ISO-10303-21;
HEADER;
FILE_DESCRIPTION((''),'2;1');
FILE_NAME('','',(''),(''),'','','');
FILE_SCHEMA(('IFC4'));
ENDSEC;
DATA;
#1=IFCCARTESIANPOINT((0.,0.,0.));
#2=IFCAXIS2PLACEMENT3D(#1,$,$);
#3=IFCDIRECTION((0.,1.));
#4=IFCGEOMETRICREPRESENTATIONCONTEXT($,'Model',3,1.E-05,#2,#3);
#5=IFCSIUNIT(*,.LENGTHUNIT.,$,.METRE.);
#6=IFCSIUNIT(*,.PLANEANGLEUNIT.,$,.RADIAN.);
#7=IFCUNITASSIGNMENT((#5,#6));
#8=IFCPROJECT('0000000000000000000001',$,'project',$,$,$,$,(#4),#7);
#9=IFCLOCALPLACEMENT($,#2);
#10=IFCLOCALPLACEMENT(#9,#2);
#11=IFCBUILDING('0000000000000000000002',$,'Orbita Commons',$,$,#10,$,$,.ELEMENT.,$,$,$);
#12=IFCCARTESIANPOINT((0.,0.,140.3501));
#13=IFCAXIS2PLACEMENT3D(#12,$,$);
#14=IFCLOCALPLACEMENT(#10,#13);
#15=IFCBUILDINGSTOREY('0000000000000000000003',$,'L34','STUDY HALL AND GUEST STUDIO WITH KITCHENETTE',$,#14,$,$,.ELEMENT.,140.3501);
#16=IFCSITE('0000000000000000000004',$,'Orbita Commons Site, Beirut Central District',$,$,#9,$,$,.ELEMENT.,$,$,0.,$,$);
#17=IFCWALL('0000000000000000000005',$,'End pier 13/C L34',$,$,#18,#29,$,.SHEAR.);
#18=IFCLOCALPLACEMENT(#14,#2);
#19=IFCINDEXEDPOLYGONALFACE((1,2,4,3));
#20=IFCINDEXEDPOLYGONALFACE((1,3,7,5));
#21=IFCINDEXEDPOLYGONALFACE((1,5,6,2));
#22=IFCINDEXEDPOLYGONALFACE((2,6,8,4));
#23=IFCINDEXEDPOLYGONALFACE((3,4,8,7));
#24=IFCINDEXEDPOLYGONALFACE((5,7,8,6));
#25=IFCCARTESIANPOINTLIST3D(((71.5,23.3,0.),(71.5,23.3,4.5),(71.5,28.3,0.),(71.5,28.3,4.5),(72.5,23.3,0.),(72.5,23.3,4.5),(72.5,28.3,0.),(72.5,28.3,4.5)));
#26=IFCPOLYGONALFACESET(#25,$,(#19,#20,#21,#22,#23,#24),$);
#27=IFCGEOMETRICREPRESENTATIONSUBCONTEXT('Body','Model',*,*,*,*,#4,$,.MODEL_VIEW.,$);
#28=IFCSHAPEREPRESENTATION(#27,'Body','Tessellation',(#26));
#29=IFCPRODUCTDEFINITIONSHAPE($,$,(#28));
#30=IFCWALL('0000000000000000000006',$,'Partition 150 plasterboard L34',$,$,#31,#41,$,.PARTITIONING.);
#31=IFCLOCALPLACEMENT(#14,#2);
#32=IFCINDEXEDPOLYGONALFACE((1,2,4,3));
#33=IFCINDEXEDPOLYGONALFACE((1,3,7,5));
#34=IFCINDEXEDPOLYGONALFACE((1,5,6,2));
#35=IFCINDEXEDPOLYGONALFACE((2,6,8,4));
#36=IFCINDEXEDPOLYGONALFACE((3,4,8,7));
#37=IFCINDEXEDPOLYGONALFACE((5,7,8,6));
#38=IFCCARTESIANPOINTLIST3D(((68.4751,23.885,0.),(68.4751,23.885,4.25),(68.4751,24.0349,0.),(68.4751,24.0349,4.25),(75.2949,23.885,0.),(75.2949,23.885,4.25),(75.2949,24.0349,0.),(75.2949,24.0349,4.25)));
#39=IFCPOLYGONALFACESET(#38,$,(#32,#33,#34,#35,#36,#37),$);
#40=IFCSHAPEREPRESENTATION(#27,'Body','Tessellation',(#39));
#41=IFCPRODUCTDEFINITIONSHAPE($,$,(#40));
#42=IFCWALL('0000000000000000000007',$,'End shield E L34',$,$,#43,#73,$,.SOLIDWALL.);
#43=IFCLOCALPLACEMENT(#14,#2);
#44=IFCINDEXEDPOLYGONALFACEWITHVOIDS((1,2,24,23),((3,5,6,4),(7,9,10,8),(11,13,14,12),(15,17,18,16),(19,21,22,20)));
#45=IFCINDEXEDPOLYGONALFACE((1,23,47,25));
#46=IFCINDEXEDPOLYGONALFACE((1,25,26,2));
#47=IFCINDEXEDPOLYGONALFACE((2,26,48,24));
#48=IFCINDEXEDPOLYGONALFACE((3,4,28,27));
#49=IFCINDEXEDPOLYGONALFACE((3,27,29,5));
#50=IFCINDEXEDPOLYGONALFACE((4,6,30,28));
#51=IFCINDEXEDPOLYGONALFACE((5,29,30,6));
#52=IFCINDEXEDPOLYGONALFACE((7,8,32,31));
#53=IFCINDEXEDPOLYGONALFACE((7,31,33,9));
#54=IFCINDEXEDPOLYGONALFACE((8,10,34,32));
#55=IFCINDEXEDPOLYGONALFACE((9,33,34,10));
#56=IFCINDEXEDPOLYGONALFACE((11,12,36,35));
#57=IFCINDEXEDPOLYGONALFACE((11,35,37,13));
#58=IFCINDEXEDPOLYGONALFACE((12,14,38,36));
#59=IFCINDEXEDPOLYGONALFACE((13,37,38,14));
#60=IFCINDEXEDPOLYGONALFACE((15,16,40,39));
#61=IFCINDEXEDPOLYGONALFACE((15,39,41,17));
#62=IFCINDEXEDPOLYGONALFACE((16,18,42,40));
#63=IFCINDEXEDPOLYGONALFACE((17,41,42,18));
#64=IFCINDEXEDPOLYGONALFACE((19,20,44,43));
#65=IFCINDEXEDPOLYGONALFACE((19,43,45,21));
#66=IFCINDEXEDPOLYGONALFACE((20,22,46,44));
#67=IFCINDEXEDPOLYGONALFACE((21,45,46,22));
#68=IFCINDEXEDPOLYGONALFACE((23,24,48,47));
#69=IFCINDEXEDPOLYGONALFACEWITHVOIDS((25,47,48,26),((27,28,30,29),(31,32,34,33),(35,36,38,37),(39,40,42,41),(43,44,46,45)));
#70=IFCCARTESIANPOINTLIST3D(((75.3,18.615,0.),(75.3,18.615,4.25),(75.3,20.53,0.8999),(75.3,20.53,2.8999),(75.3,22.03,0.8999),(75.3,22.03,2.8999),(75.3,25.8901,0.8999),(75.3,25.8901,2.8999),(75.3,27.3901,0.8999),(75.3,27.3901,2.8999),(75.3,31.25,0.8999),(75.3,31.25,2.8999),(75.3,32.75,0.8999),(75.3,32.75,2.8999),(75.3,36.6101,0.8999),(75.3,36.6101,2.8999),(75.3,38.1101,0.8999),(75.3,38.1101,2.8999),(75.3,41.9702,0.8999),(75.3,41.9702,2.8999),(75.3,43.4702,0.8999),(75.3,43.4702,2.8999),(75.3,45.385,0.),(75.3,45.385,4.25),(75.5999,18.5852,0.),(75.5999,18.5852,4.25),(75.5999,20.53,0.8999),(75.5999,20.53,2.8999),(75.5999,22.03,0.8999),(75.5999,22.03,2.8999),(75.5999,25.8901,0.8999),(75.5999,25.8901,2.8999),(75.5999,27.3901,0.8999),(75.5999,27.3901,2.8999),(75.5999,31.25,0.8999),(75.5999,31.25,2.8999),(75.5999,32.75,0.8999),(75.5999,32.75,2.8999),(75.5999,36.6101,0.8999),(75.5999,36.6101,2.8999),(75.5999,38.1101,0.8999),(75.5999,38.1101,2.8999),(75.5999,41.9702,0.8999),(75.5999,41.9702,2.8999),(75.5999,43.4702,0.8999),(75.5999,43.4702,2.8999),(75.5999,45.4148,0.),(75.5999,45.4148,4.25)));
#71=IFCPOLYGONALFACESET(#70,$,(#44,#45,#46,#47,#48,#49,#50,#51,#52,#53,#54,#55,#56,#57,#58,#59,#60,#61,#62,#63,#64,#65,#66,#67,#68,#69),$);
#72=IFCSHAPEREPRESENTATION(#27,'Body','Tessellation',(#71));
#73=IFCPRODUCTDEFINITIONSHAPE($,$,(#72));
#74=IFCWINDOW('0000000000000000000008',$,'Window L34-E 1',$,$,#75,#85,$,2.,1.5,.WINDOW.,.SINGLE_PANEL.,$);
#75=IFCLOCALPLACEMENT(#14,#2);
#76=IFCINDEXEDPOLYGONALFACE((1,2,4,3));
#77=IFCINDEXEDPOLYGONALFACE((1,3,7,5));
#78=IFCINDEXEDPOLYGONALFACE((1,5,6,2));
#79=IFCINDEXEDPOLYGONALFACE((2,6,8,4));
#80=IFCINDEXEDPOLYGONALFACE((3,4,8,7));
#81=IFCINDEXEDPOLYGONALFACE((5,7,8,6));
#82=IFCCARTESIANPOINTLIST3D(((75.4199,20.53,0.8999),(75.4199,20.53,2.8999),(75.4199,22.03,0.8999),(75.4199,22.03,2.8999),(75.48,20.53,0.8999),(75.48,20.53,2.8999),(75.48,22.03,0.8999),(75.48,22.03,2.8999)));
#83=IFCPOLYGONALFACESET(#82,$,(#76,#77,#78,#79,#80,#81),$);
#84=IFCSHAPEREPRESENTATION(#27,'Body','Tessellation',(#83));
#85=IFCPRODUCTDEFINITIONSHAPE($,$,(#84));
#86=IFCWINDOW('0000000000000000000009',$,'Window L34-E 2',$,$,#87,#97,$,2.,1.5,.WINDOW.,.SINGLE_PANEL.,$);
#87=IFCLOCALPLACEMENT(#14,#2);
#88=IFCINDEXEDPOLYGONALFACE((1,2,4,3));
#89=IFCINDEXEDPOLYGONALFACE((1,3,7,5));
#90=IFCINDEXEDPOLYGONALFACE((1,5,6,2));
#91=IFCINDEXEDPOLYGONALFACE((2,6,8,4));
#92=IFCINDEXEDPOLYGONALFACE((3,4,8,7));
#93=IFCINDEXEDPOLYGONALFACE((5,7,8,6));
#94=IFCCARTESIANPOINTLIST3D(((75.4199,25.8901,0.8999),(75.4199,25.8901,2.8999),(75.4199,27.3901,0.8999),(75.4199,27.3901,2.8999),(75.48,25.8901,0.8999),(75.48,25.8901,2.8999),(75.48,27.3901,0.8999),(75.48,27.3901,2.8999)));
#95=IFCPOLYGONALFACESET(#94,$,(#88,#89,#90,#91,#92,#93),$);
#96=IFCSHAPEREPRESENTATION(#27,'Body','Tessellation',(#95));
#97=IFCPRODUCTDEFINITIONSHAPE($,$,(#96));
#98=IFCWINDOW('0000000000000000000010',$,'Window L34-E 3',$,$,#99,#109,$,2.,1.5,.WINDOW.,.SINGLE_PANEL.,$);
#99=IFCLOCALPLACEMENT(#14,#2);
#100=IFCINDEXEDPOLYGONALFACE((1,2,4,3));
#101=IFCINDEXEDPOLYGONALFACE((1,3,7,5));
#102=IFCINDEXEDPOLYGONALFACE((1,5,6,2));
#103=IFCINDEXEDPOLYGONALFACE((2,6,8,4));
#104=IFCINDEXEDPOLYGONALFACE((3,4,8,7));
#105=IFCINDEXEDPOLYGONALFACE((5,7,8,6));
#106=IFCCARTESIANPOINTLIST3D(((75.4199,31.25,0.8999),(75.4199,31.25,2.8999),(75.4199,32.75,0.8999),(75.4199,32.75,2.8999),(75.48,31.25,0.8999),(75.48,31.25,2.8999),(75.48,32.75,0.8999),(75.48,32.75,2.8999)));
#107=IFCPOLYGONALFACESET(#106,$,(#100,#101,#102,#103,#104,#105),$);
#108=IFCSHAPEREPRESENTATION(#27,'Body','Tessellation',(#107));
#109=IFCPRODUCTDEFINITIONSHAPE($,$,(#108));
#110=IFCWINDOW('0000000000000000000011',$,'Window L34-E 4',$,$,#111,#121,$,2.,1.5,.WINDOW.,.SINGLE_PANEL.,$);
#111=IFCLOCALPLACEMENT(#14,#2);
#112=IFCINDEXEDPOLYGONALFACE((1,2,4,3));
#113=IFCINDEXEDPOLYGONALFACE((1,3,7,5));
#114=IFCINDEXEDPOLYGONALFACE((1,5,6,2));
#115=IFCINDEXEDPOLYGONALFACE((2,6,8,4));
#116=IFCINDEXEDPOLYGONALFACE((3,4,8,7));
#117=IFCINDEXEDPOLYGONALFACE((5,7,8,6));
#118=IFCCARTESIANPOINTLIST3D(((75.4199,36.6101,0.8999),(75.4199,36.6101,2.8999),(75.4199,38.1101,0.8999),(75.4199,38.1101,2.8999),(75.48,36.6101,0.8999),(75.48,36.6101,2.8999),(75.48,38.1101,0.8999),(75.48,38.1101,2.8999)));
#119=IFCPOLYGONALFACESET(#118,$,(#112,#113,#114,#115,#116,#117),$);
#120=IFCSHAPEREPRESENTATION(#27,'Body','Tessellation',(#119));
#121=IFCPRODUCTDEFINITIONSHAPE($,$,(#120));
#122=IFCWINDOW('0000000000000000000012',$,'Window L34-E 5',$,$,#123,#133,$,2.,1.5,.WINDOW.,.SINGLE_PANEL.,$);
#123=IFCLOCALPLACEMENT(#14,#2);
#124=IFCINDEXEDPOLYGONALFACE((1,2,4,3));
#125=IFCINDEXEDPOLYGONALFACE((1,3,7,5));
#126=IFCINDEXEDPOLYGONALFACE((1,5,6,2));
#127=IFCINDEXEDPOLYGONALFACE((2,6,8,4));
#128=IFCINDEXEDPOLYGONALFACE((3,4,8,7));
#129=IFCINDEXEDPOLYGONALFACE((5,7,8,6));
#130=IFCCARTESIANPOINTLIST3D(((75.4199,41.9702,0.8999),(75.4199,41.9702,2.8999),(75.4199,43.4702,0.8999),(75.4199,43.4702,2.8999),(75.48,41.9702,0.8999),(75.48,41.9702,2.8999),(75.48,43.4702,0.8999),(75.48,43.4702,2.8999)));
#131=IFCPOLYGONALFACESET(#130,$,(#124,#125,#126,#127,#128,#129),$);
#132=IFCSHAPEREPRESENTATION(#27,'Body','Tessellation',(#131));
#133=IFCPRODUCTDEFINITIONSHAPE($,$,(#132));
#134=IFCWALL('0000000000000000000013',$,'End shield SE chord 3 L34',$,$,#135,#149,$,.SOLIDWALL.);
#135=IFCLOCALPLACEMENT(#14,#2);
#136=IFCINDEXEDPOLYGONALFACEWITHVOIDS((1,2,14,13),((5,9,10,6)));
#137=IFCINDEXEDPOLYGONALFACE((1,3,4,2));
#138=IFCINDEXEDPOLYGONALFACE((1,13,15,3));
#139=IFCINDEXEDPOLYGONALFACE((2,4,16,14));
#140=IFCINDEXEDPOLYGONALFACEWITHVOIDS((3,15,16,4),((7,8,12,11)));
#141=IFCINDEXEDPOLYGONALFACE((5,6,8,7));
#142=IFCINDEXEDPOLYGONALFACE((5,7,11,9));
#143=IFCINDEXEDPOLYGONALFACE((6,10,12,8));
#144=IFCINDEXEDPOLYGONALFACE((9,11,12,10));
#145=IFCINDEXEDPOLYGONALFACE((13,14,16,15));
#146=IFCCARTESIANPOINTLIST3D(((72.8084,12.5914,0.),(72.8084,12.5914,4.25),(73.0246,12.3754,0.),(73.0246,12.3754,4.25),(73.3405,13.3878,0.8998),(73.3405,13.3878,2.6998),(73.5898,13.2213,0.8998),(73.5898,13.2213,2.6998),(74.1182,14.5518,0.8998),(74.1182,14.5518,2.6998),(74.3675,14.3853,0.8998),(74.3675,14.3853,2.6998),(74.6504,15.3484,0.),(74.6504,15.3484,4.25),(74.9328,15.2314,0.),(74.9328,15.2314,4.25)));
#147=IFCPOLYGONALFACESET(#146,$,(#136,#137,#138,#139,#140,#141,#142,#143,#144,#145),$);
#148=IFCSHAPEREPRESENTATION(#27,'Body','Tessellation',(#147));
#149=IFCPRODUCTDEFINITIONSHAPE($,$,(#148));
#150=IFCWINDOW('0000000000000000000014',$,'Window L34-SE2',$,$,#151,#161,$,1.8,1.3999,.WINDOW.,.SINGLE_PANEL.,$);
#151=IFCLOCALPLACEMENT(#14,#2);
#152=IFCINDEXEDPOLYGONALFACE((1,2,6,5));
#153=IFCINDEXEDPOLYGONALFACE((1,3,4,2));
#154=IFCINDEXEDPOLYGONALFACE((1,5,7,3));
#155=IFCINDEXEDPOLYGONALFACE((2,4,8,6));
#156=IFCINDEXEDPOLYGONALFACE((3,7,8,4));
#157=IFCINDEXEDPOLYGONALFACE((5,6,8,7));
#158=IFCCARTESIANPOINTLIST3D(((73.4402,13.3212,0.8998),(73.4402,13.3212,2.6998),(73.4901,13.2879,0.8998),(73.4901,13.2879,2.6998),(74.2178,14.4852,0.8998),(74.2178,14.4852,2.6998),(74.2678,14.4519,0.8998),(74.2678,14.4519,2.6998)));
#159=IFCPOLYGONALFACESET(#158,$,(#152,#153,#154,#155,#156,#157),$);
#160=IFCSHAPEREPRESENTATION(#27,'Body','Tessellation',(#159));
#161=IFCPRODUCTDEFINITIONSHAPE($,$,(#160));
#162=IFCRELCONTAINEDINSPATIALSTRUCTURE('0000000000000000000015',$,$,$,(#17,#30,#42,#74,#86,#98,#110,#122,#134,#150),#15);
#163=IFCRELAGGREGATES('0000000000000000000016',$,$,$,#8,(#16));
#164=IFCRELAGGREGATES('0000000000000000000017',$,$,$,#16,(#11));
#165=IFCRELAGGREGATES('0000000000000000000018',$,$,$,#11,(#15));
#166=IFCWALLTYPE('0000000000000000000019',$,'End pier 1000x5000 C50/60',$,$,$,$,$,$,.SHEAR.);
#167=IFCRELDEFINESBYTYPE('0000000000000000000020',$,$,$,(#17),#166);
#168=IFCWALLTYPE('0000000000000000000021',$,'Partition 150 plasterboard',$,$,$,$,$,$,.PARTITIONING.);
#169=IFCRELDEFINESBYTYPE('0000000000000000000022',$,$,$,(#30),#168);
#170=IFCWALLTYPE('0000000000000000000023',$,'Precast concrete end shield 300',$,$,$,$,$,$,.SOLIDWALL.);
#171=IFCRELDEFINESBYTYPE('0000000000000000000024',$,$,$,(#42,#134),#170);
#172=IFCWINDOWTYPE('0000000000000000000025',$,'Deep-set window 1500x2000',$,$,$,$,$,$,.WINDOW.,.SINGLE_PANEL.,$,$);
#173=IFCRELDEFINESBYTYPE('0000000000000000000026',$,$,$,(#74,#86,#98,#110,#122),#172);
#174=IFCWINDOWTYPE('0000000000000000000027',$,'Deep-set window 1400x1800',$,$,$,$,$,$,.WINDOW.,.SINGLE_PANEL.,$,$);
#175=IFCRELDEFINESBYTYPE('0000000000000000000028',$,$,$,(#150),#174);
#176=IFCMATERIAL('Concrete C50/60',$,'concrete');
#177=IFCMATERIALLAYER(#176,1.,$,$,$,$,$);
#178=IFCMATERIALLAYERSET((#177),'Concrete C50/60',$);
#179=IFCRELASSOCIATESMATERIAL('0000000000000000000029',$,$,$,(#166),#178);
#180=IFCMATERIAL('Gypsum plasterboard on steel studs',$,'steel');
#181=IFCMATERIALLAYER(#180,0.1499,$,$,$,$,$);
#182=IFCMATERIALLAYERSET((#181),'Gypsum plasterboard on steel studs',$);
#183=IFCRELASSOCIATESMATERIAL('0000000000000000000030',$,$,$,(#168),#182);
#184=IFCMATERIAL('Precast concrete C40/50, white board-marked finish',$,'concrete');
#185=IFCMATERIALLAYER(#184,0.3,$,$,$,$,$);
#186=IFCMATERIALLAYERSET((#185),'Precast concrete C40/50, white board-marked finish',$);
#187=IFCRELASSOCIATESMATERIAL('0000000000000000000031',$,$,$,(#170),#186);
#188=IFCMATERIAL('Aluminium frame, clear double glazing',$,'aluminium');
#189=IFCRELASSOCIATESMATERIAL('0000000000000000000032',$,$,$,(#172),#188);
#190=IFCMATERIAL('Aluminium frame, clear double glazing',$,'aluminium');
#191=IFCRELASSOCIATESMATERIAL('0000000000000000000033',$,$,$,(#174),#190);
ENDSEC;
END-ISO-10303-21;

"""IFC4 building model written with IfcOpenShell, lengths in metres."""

from ifc_helpers import new_model, si_unit, direction, frame, frame_2d, origin, place, context, subcontext, project, spatial, polyline, rectangle, outline, extrude, material, layer, layer_set, type_object, element, fill, save


model = new_model("IFC4")

# Units and contexts
model_context = context("Model", 3, precision=1e-05, world=origin(), true_north=direction((0.0, 1.0)))
body_context = subcontext(model_context, "Body", "Model", "MODEL_VIEW")
ifc_project = project(units=[si_unit("LENGTHUNIT", "METRE"), si_unit("PLANEANGLEUNIT", "RADIAN")], contexts=[model_context])

# Site, building, storey
site_placement = place(None, origin())
site = spatial("IfcSite", under=ifc_project, at=site_placement, Name="Orbita Commons Site, Beirut Central District", CompositionType="ELEMENT", RefElevation=0.0)
building_placement = place(site_placement, origin())
building = spatial("IfcBuilding", under=site, at=building_placement, Name="Orbita Commons", CompositionType="ELEMENT")
storey_placement = place(building_placement, frame((0.0, 0.0, 140.3501)))
storey = spatial("IfcBuildingStorey", under=building, at=storey_placement, Name="L34", Description="STUDY HALL AND GUEST STUDIO WITH KITCHENETTE", CompositionType="ELEMENT", Elevation=140.3501)

# Walls
ifc_material_1 = material(Name="Concrete C50/60", Category="concrete")
ifc_layer_1 = layer(ifc_material_1, 1.0)
ifc_layer_set_1 = layer_set([ifc_layer_1], Name="Concrete C50/60")
wall_type_1 = type_object("IfcWallType", Name="End pier 1000x5000 C50/60", PredefinedType="SHEAR", material=ifc_layer_set_1)
wall_1_placement = place(storey_placement, frame((72.0, 23.3, 0.0), z_axis=(0.0, 0.0, 1.0), x_axis=(0.0, 1.0, 0.0)))
element("IfcWall", 1, at=wall_1_placement, inside=storey, type_object=wall_type_1, Name="End pier 13/C L34", PredefinedType="SHEAR", context=body_context, shape_type="SweptSolid", body=[
    extrude(rectangle(XDim=5.0, YDim=1.0, at=frame_2d((2.5, 0.0))), origin(), (0.0, 0.0, 1.0), 4.5),
])
ifc_material_2 = material(Name="Gypsum plasterboard on steel studs", Category="steel")
ifc_layer_2 = layer(ifc_material_2, 0.1499)
ifc_layer_set_2 = layer_set([ifc_layer_2], Name="Gypsum plasterboard on steel studs")
wall_type_2 = type_object("IfcWallType", Name="Partition 150 plasterboard", PredefinedType="PARTITIONING", material=ifc_layer_set_2)
wall_2_placement = place(storey_placement, frame((68.4751, 23.96, 0.0), z_axis=(0.0, 0.0, 1.0), x_axis=(1.0, 0.0, 0.0)))
element("IfcWall", 2, at=wall_2_placement, inside=storey, type_object=wall_type_2, Name="Partition 150 plasterboard L34", PredefinedType="PARTITIONING", context=body_context, shape_type="SweptSolid", body=[
    extrude(rectangle(XDim=6.8198, YDim=0.1499, at=frame_2d((3.4099, 0.0))), origin(), (0.0, 0.0, 1.0), 4.25),
])

# Wall, openings, windows
ifc_material_3 = material(Name="Precast concrete C40/50, white board-marked finish", Category="concrete")
ifc_layer_3 = layer(ifc_material_3, 0.3)
ifc_layer_set_3 = layer_set([ifc_layer_3], Name="Precast concrete C40/50, white board-marked finish")
wall_type_3 = type_object("IfcWallType", Name="Precast concrete end shield 300", PredefinedType="SOLIDWALL", material=ifc_layer_set_3)
wall_3_placement = place(storey_placement, frame((75.45, 18.6001, 0.0), z_axis=(0.0, 0.0, 1.0), x_axis=(0.0, 1.0, 0.0)))
wall_3 = element("IfcWall", 3, at=wall_3_placement, inside=storey, type_object=wall_type_3, Name="End shield E L34", PredefinedType="SOLIDWALL", context=body_context, shape_type="SweptSolid", body=[
    extrude(outline(polyline([(-0.0149, -0.1499), (26.8147, -0.1499), (26.7849, 0.1499), (0.0149, 0.1499), (-0.0149, -0.1499)])), origin(), (0.0, 0.0, 1.0), 4.25),
])
opening_1_placement = place(wall_3_placement, frame((1.9299, 0.0, 0.8999)))
opening_1 = element("IfcOpeningElement", 4, at=opening_1_placement, cuts=wall_3, PredefinedType="OPENING", context=body_context, shape_type="SweptSolid", body=[
    extrude(rectangle(XDim=1.5, YDim=2.0, at=frame_2d((0.75, 1.0))), frame((0.0, 0.1599, 0.0), z_axis=(0.0, -1.0, 0.0), x_axis=(1.0, 0.0, 0.0)), (0.0, 0.0, 1.0), 0.3201),
])
opening_2_placement = place(wall_3_placement, frame((7.29, 0.0, 0.8999)))
opening_2 = element("IfcOpeningElement", 5, at=opening_2_placement, cuts=wall_3, PredefinedType="OPENING", context=body_context, shape_type="SweptSolid", body=[
    extrude(rectangle(XDim=1.5, YDim=2.0, at=frame_2d((0.75, 1.0))), frame((0.0, 0.1599, 0.0), z_axis=(0.0, -1.0, 0.0), x_axis=(1.0, 0.0, 0.0)), (0.0, 0.0, 1.0), 0.3201),
])
opening_3_placement = place(wall_3_placement, frame((12.6499, 0.0, 0.8999)))
opening_3 = element("IfcOpeningElement", 6, at=opening_3_placement, cuts=wall_3, PredefinedType="OPENING", context=body_context, shape_type="SweptSolid", body=[
    extrude(rectangle(XDim=1.5, YDim=2.0, at=frame_2d((0.75, 1.0))), frame((0.0, 0.1599, 0.0), z_axis=(0.0, -1.0, 0.0), x_axis=(1.0, 0.0, 0.0)), (0.0, 0.0, 1.0), 0.3201),
])
opening_4_placement = place(wall_3_placement, frame((18.01, 0.0, 0.8999)))
opening_4 = element("IfcOpeningElement", 7, at=opening_4_placement, cuts=wall_3, PredefinedType="OPENING", context=body_context, shape_type="SweptSolid", body=[
    extrude(rectangle(XDim=1.5, YDim=2.0, at=frame_2d((0.75, 1.0))), frame((0.0, 0.1599, 0.0), z_axis=(0.0, -1.0, 0.0), x_axis=(1.0, 0.0, 0.0)), (0.0, 0.0, 1.0), 0.3201),
])
opening_5_placement = place(wall_3_placement, frame((23.3701, 0.0, 0.8999)))
opening_5 = element("IfcOpeningElement", 8, at=opening_5_placement, cuts=wall_3, PredefinedType="OPENING", context=body_context, shape_type="SweptSolid", body=[
    extrude(rectangle(XDim=1.5, YDim=2.0, at=frame_2d((0.75, 1.0))), frame((0.0, 0.1599, 0.0), z_axis=(0.0, -1.0, 0.0), x_axis=(1.0, 0.0, 0.0)), (0.0, 0.0, 1.0), 0.3201),
])
ifc_material_4 = material(Name="Aluminium frame, clear double glazing", Category="aluminium")
window_type_1 = type_object("IfcWindowType", Name="Deep-set window 1500x2000", PartitioningType="SINGLE_PANEL", PredefinedType="WINDOW", material=ifc_material_4)
window_1_placement = place(opening_1_placement, origin())
window_1 = element("IfcWindow", 9, at=window_1_placement, inside=storey, type_object=window_type_1, Name="Window L34-E 1", OverallHeight=2.0, OverallWidth=1.5, PartitioningType="SINGLE_PANEL", PredefinedType="WINDOW", context=body_context, shape_type="SweptSolid", body=[
    extrude(rectangle(XDim=1.5, YDim=2.0, at=frame_2d((0.75, 1.0))), frame((0.0, 0.03, 0.0), z_axis=(0.0, -1.0, 0.0), x_axis=(1.0, 0.0, 0.0)), (0.0, 0.0, 1.0), 0.0601),
])
fill(opening_1, window_1)
window_2_placement = place(opening_2_placement, origin())
window_2 = element("IfcWindow", 10, at=window_2_placement, inside=storey, type_object=window_type_1, Name="Window L34-E 2", OverallHeight=2.0, OverallWidth=1.5, PartitioningType="SINGLE_PANEL", PredefinedType="WINDOW", context=body_context, shape_type="SweptSolid", body=[
    extrude(rectangle(XDim=1.5, YDim=2.0, at=frame_2d((0.75, 1.0))), frame((0.0, 0.03, 0.0), z_axis=(0.0, -1.0, 0.0), x_axis=(1.0, 0.0, 0.0)), (0.0, 0.0, 1.0), 0.0601),
])
fill(opening_2, window_2)
window_3_placement = place(opening_3_placement, origin())
window_3 = element("IfcWindow", 11, at=window_3_placement, inside=storey, type_object=window_type_1, Name="Window L34-E 3", OverallHeight=2.0, OverallWidth=1.5, PartitioningType="SINGLE_PANEL", PredefinedType="WINDOW", context=body_context, shape_type="SweptSolid", body=[
    extrude(rectangle(XDim=1.5, YDim=2.0, at=frame_2d((0.75, 1.0))), frame((0.0, 0.03, 0.0), z_axis=(0.0, -1.0, 0.0), x_axis=(1.0, 0.0, 0.0)), (0.0, 0.0, 1.0), 0.0601),
])
fill(opening_3, window_3)
window_4_placement = place(opening_4_placement, origin())
window_4 = element("IfcWindow", 12, at=window_4_placement, inside=storey, type_object=window_type_1, Name="Window L34-E 4", OverallHeight=2.0, OverallWidth=1.5, PartitioningType="SINGLE_PANEL", PredefinedType="WINDOW", context=body_context, shape_type="SweptSolid", body=[
    extrude(rectangle(XDim=1.5, YDim=2.0, at=frame_2d((0.75, 1.0))), frame((0.0, 0.03, 0.0), z_axis=(0.0, -1.0, 0.0), x_axis=(1.0, 0.0, 0.0)), (0.0, 0.0, 1.0), 0.0601),
])
fill(opening_4, window_4)
window_5_placement = place(opening_5_placement, origin())
window_5 = element("IfcWindow", 13, at=window_5_placement, inside=storey, type_object=window_type_1, Name="Window L34-E 5", OverallHeight=2.0, OverallWidth=1.5, PartitioningType="SINGLE_PANEL", PredefinedType="WINDOW", context=body_context, shape_type="SweptSolid", body=[
    extrude(rectangle(XDim=1.5, YDim=2.0, at=frame_2d((0.75, 1.0))), frame((0.0, 0.03, 0.0), z_axis=(0.0, -1.0, 0.0), x_axis=(1.0, 0.0, 0.0)), (0.0, 0.0, 1.0), 0.0601),
])
fill(opening_5, window_5)

# Wall, opening, window
wall_4_placement = place(storey_placement, frame((72.9165, 12.4834, 0.0), z_axis=(0.0, 0.0, 1.0), x_axis=(0.555535, 0.831493, 0.0)))
wall_4 = element("IfcWall", 14, at=wall_4_placement, inside=storey, type_object=wall_type_3, Name="End shield SE chord 3 L34", PredefinedType="SOLIDWALL", context=body_context, shape_type="SweptSolid", body=[
    extrude(outline(polyline([(-0.0298, -0.1499), (3.405, -0.1499), (3.3455, 0.1499), (0.0298, 0.1499), (-0.0298, -0.1499)])), origin(), (0.0, 0.0, 1.0), 4.25),
])
opening_6_placement = place(wall_4_placement, frame((0.9875, 0.0, 0.8999)))
opening_6 = element("IfcOpeningElement", 15, at=opening_6_placement, cuts=wall_4, PredefinedType="OPENING", context=body_context, shape_type="SweptSolid", body=[
    extrude(rectangle(XDim=1.3999, YDim=1.8, at=frame_2d((0.7, 0.8999))), frame((0.0, 0.1599, 0.0), z_axis=(0.0, -1.0, 0.0), x_axis=(1.0, 0.0, 0.0)), (0.0, 0.0, 1.0), 0.3201),
])
ifc_material_5 = material(Name="Aluminium frame, clear double glazing", Category="aluminium")
window_type_2 = type_object("IfcWindowType", Name="Deep-set window 1400x1800", PartitioningType="SINGLE_PANEL", PredefinedType="WINDOW", material=ifc_material_5)
window_6_placement = place(opening_6_placement, origin())
window_6 = element("IfcWindow", 16, at=window_6_placement, inside=storey, type_object=window_type_2, Name="Window L34-SE2", OverallHeight=1.8, OverallWidth=1.3999, PartitioningType="SINGLE_PANEL", PredefinedType="WINDOW", context=body_context, shape_type="SweptSolid", body=[
    extrude(rectangle(XDim=1.3999, YDim=1.8, at=frame_2d((0.7, 0.8999))), frame((0.0, 0.03, 0.0), z_axis=(0.0, -1.0, 0.0), x_axis=(1.0, 0.0, 0.0)), (0.0, 0.0, 1.0), 0.0601),
])
fill(opening_6, window_6)

save(model, "model.ifc")
